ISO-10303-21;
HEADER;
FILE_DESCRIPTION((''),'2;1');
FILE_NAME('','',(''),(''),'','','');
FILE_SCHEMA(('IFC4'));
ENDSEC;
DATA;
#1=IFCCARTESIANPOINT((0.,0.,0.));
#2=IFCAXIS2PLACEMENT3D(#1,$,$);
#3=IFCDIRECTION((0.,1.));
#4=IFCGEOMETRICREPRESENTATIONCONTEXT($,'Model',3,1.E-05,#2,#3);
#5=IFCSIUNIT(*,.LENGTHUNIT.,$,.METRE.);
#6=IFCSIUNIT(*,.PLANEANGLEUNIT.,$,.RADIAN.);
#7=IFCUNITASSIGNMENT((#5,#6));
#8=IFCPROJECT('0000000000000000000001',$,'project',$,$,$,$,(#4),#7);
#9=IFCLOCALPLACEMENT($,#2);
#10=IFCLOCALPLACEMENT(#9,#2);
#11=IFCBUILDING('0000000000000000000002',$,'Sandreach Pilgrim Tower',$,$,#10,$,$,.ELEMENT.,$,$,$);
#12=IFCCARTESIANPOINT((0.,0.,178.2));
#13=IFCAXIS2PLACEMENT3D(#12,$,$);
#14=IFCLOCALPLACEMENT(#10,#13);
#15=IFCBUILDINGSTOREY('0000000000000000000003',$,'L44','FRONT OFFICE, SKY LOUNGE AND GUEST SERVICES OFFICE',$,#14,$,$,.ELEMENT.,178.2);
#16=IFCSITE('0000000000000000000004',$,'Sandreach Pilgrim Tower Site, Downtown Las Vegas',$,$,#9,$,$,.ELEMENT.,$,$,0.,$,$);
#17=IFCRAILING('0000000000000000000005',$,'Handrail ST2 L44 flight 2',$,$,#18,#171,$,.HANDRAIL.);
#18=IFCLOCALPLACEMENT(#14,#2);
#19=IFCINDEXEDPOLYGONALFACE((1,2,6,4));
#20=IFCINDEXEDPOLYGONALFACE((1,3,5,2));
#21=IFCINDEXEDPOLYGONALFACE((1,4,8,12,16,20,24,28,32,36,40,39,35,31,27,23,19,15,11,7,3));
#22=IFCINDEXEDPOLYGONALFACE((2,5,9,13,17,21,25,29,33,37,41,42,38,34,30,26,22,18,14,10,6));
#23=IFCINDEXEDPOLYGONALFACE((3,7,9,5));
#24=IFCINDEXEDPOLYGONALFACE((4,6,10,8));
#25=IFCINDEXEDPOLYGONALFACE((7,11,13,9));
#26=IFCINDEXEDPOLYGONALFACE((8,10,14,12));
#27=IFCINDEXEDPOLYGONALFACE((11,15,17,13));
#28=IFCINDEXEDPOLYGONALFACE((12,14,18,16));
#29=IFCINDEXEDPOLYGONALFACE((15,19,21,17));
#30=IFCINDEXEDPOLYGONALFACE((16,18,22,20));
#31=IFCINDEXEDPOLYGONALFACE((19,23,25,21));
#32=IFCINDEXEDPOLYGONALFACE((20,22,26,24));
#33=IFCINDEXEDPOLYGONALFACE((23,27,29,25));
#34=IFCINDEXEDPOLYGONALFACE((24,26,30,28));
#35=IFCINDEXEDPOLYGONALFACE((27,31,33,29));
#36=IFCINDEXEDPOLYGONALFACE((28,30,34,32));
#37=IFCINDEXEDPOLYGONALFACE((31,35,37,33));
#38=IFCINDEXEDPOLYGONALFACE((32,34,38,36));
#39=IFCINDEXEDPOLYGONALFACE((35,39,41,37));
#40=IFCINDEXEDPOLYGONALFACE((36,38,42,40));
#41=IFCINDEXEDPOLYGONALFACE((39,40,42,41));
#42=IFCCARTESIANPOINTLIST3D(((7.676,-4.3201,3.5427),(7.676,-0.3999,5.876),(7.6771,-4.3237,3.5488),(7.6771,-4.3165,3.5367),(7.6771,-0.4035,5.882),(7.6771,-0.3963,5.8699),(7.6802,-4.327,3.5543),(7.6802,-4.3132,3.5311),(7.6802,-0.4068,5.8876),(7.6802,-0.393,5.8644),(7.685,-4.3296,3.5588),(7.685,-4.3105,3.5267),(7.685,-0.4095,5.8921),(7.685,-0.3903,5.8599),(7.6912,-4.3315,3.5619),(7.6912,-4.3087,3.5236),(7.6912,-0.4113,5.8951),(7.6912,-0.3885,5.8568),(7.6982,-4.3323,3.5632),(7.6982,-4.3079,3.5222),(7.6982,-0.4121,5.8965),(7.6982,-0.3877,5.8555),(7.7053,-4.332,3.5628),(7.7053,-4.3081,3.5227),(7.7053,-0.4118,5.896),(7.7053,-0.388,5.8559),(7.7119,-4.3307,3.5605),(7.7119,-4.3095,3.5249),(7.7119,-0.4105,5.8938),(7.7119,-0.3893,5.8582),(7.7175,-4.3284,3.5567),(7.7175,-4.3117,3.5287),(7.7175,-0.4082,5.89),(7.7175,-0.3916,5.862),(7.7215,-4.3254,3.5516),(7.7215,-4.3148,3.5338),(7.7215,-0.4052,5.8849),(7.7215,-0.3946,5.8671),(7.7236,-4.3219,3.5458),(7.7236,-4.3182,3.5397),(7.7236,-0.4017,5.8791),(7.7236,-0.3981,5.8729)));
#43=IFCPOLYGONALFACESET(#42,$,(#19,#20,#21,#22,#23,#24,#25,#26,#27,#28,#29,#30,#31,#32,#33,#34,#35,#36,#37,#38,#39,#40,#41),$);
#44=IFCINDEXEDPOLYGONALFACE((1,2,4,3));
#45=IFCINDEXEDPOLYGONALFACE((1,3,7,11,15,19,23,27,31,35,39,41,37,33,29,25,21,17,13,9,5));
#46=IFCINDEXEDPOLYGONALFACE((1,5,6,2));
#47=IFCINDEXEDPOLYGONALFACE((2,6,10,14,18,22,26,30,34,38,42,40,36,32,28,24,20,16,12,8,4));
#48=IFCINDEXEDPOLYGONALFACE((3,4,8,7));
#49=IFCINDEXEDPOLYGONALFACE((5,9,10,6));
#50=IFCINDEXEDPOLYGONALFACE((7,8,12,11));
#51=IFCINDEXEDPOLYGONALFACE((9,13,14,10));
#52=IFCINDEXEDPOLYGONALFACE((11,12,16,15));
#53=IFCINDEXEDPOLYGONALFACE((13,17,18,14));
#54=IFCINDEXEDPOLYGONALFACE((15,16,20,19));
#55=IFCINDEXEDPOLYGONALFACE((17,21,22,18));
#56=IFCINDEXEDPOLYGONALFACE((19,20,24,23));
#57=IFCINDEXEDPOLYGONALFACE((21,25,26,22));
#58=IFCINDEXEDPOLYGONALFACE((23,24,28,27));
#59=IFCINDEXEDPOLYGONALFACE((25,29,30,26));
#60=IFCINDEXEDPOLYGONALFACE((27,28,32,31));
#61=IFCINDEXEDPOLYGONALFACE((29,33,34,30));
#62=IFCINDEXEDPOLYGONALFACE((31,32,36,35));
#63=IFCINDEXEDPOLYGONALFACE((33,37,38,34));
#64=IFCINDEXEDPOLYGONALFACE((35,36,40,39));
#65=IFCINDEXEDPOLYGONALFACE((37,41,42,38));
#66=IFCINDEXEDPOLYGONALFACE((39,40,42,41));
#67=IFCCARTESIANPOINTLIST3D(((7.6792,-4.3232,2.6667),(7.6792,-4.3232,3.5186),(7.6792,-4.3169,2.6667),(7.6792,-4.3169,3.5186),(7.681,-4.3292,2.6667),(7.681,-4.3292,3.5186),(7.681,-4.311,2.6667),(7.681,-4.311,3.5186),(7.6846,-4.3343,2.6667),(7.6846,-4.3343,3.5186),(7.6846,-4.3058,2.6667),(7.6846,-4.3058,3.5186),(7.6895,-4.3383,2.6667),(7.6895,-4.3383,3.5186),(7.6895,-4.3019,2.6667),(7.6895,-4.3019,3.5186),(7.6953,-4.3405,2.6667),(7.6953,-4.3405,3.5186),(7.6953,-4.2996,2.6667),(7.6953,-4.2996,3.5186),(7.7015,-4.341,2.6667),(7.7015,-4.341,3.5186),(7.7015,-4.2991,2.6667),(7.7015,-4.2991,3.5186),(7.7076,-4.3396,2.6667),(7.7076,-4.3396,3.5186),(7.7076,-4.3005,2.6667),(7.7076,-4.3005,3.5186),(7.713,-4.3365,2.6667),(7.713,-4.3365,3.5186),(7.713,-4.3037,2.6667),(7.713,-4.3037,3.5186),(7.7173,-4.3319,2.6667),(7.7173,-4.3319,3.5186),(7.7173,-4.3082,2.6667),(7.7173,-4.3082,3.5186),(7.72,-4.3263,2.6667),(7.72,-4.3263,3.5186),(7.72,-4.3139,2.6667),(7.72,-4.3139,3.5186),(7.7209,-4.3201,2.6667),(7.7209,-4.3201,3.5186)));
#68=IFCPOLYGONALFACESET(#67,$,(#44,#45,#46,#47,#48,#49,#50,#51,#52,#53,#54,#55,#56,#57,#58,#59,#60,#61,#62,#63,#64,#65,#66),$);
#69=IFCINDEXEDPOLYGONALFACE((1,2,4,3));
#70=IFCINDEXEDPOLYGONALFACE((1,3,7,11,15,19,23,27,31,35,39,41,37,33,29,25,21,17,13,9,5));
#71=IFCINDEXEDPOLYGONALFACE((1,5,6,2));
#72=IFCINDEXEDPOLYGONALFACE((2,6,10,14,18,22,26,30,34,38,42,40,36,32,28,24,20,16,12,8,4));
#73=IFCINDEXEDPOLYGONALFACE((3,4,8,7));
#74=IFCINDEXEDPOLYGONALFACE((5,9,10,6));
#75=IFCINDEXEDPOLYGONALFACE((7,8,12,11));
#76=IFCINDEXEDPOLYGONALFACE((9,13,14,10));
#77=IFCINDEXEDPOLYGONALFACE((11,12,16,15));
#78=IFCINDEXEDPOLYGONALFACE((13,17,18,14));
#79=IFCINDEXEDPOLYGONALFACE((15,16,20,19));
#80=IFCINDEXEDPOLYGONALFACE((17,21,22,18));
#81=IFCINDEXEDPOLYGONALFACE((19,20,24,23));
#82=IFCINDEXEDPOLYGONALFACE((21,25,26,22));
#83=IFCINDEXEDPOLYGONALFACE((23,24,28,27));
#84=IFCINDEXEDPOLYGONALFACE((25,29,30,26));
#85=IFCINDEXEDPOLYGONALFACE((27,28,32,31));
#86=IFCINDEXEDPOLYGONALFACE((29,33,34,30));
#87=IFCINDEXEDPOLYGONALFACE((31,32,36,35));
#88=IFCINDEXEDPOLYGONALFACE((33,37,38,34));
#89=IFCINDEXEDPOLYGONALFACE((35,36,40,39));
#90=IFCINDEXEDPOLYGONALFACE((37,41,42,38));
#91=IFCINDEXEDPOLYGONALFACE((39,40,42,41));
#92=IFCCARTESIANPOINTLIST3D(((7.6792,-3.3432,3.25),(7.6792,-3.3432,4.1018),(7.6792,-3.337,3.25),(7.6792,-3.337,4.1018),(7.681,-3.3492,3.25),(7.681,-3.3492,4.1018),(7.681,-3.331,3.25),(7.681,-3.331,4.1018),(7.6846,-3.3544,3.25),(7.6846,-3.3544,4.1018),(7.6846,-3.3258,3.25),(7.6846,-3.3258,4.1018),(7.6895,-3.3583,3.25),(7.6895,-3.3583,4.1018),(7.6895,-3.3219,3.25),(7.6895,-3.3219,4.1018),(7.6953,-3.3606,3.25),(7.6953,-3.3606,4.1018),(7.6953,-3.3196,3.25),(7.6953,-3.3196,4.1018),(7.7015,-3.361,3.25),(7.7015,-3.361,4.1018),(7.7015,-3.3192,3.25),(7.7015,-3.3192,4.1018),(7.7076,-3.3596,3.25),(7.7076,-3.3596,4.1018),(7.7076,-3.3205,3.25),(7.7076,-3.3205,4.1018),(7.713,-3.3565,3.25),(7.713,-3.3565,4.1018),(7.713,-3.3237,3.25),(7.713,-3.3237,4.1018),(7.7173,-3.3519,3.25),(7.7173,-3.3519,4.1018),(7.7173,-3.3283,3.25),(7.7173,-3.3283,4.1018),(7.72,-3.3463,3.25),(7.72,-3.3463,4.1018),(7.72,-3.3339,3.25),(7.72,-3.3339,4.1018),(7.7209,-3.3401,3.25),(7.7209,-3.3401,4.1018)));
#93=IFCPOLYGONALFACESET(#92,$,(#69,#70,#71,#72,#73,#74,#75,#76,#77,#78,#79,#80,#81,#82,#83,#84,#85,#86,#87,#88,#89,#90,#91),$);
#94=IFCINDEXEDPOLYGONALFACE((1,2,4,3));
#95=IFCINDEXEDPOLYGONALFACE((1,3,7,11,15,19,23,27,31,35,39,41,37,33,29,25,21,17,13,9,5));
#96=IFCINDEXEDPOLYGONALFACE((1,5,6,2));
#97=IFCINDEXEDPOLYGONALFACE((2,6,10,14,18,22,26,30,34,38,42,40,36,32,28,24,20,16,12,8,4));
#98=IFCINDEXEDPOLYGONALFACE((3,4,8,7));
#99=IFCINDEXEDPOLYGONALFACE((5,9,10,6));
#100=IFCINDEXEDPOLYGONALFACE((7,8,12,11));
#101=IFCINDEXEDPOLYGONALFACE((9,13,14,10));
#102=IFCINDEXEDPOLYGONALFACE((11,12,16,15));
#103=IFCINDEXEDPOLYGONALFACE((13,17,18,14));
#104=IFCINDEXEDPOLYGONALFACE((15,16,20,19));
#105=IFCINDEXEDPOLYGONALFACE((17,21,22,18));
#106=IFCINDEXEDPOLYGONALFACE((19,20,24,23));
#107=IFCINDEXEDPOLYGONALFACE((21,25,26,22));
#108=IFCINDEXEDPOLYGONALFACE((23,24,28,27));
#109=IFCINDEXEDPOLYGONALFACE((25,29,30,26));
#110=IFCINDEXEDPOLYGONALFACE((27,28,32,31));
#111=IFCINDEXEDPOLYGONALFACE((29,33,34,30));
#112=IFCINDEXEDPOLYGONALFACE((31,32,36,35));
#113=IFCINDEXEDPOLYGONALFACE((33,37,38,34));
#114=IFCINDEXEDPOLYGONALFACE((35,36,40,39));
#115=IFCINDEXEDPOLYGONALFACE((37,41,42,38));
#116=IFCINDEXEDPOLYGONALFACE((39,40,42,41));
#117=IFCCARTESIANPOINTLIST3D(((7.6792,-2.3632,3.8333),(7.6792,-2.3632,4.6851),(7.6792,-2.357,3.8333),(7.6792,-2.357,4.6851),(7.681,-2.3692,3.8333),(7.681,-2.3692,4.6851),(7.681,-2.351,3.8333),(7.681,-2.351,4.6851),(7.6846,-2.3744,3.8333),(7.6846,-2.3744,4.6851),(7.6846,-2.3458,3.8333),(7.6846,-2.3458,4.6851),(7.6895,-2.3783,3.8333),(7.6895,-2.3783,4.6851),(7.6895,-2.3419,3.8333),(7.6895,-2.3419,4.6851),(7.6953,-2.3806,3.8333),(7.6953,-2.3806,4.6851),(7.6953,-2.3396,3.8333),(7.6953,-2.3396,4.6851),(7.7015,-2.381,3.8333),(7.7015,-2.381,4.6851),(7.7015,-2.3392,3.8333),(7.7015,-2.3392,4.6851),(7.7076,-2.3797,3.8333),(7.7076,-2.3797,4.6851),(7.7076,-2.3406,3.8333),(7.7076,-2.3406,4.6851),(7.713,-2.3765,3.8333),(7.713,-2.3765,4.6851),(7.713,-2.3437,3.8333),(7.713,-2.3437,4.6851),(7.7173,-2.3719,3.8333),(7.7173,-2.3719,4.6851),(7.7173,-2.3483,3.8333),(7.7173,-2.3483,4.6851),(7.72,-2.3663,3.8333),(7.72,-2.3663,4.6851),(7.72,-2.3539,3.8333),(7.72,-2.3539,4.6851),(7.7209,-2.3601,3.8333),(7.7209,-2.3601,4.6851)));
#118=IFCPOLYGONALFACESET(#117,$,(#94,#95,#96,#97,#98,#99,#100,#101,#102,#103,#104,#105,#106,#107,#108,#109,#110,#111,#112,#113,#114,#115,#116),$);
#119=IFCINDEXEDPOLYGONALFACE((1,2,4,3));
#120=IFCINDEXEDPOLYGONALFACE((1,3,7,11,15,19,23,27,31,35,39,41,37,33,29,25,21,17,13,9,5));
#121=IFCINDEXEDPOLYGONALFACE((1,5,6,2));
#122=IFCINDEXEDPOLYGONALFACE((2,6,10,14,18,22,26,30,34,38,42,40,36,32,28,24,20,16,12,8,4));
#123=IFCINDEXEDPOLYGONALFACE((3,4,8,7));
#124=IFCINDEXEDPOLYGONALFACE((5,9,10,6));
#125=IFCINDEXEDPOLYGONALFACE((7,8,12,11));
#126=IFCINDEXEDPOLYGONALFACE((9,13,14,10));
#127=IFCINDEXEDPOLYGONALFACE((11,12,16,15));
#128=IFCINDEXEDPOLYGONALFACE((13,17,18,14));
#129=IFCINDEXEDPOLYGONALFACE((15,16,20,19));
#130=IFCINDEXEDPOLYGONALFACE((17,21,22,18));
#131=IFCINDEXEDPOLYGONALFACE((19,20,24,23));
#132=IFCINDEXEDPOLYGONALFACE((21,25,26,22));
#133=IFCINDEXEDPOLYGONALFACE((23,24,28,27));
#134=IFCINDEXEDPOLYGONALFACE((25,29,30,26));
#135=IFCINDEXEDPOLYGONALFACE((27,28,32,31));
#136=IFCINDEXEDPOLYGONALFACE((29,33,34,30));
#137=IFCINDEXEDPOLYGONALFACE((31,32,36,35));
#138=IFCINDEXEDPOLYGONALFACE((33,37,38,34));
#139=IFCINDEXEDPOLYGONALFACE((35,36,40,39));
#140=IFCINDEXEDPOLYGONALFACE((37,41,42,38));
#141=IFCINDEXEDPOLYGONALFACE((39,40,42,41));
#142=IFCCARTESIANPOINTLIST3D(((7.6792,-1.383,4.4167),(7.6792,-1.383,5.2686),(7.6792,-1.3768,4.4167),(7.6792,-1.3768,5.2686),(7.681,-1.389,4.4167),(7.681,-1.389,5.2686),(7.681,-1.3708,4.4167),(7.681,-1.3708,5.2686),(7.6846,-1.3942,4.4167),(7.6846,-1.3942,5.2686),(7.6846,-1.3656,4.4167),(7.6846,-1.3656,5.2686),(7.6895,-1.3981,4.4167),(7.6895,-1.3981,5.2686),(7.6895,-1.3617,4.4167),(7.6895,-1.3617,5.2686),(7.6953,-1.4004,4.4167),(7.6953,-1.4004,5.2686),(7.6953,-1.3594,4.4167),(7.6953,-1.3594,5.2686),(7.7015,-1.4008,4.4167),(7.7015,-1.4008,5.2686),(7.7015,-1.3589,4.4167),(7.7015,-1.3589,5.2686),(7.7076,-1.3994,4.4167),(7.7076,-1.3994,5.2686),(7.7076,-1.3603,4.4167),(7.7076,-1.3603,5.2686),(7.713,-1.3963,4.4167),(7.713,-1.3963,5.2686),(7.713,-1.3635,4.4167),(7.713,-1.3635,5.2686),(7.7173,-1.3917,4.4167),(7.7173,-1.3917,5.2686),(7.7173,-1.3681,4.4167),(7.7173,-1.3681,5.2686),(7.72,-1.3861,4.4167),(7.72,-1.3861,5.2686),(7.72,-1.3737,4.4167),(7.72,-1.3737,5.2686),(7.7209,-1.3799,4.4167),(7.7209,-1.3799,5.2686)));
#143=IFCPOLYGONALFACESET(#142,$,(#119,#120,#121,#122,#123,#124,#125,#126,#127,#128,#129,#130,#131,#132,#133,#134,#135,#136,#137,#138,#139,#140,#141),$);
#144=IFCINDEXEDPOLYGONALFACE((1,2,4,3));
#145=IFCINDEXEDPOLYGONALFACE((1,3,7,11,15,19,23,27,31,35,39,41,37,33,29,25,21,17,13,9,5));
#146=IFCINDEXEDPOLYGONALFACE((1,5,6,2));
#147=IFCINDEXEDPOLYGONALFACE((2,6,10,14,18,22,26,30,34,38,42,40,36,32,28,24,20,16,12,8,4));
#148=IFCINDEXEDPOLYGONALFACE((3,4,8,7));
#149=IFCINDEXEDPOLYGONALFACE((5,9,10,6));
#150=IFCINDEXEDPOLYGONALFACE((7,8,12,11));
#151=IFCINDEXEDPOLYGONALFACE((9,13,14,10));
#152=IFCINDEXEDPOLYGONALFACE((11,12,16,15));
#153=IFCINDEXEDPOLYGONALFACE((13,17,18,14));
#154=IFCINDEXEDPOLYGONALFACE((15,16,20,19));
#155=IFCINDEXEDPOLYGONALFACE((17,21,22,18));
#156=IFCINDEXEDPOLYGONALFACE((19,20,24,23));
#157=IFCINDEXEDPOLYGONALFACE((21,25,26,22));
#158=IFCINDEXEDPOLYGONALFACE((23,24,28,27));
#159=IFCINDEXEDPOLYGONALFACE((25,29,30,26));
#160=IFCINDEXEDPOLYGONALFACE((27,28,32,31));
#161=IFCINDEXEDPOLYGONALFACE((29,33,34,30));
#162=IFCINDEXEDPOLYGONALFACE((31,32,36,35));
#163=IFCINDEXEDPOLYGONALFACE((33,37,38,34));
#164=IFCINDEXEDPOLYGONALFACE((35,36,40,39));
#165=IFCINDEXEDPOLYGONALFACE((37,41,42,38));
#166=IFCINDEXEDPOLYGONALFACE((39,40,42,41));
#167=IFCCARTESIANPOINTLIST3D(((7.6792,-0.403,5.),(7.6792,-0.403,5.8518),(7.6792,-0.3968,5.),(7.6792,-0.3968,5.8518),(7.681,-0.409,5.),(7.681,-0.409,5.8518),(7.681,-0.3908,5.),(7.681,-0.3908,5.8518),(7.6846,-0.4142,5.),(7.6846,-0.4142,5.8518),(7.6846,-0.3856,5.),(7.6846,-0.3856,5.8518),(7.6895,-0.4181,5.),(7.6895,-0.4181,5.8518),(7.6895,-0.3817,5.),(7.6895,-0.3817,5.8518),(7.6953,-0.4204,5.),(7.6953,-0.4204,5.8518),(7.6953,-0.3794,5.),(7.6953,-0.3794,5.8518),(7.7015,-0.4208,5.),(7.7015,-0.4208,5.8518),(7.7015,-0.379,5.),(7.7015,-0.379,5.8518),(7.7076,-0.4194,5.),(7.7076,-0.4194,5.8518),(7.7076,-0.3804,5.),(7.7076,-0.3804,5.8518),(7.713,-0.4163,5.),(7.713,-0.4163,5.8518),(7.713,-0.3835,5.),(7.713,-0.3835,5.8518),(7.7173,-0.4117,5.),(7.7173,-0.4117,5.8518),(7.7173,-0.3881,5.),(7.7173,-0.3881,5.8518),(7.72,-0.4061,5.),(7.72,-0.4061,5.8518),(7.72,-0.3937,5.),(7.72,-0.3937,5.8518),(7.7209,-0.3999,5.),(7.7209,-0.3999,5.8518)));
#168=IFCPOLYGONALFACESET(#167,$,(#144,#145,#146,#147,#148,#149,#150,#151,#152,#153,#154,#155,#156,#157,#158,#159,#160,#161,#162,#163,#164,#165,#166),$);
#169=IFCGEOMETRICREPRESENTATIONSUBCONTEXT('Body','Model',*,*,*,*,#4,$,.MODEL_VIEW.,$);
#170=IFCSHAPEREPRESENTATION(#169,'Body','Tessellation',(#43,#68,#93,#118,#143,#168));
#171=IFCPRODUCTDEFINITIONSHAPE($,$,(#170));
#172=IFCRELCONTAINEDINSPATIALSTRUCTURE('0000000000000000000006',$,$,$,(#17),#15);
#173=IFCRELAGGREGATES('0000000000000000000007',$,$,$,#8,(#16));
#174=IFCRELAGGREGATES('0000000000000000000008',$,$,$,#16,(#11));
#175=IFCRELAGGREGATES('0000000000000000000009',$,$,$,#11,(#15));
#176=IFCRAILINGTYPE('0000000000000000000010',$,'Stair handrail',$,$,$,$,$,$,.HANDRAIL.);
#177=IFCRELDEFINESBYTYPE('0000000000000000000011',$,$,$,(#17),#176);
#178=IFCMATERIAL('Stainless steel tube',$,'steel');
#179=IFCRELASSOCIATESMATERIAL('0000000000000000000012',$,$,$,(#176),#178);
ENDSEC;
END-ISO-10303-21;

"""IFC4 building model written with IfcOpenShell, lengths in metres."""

from ifc_helpers import new_model, si_unit, direction, frame, origin, origin_2d, place, context, subcontext, project, spatial, circle, extrude, material, type_object, element, save


model = new_model("IFC4")

# Units and contexts
model_context = context("Model", 3, precision=1e-05, world=origin(), true_north=direction((0.0, 1.0)))
body_context = subcontext(model_context, "Body", "Model", "MODEL_VIEW")
ifc_project = project(units=[si_unit("LENGTHUNIT", "METRE"), si_unit("PLANEANGLEUNIT", "RADIAN")], contexts=[model_context])

# Site, building, storey
site_placement = place(None, origin())
site = spatial("IfcSite", under=ifc_project, at=site_placement, Name="Sandreach Pilgrim Tower Site, Downtown Las Vegas", CompositionType="ELEMENT", RefElevation=0.0)
building_placement = place(site_placement, origin())
building = spatial("IfcBuilding", under=site, at=building_placement, Name="Sandreach Pilgrim Tower", CompositionType="ELEMENT")
storey_placement = place(building_placement, frame((0.0, 0.0, 178.2)))
storey = spatial("IfcBuildingStorey", under=building, at=storey_placement, Name="L44", Description="FRONT OFFICE, SKY LOUNGE AND GUEST SERVICES OFFICE", CompositionType="ELEMENT", Elevation=178.2)

# Railing
ifc_material_1 = material(Name="Stainless steel tube", Category="steel")
railing_type = type_object("IfcRailingType", Name="Stair handrail", PredefinedType="HANDRAIL", material=ifc_material_1)
for number, where, name in (
    (1, (7.7, -4.3201, 2.6667), "Handrail ST2 L44 flight 2"),
):
    element("IfcRailing", number, at=place(storey_placement, frame(where)), inside=storey, type_object=railing_type, Name=name, PredefinedType="HANDRAIL", context=body_context, shape_type="SweptSolid", body=[
        extrude(circle(Radius=0.0239, at=origin_2d()), frame((0.0, 0.0, 0.876), z_axis=(0.0, 0.85931, 0.511455), x_axis=(-1.0, 0.0, 0.0)), (0.0, 0.0, 1.0), 4.562),
        extrude(circle(Radius=0.021, at=origin_2d()), origin(), (0.0, 0.0, 1.0), 0.8518),
        extrude(circle(Radius=0.021, at=origin_2d()), frame((0.0, 0.98, 0.5833)), (0.0, 0.0, 1.0), 0.8518),
        extrude(circle(Radius=0.021, at=origin_2d()), frame((0.0, 1.96, 1.1665)), (0.0, 0.0, 1.0), 0.8518),
        extrude(circle(Radius=0.021, at=origin_2d()), frame((0.0, 2.9402, 1.75)), (0.0, 0.0, 1.0), 0.8518),
        extrude(circle(Radius=0.021, at=origin_2d()), frame((0.0, 3.9202, 2.3333)), (0.0, 0.0, 1.0), 0.8518),
    ])

save(model, "model.ifc")
